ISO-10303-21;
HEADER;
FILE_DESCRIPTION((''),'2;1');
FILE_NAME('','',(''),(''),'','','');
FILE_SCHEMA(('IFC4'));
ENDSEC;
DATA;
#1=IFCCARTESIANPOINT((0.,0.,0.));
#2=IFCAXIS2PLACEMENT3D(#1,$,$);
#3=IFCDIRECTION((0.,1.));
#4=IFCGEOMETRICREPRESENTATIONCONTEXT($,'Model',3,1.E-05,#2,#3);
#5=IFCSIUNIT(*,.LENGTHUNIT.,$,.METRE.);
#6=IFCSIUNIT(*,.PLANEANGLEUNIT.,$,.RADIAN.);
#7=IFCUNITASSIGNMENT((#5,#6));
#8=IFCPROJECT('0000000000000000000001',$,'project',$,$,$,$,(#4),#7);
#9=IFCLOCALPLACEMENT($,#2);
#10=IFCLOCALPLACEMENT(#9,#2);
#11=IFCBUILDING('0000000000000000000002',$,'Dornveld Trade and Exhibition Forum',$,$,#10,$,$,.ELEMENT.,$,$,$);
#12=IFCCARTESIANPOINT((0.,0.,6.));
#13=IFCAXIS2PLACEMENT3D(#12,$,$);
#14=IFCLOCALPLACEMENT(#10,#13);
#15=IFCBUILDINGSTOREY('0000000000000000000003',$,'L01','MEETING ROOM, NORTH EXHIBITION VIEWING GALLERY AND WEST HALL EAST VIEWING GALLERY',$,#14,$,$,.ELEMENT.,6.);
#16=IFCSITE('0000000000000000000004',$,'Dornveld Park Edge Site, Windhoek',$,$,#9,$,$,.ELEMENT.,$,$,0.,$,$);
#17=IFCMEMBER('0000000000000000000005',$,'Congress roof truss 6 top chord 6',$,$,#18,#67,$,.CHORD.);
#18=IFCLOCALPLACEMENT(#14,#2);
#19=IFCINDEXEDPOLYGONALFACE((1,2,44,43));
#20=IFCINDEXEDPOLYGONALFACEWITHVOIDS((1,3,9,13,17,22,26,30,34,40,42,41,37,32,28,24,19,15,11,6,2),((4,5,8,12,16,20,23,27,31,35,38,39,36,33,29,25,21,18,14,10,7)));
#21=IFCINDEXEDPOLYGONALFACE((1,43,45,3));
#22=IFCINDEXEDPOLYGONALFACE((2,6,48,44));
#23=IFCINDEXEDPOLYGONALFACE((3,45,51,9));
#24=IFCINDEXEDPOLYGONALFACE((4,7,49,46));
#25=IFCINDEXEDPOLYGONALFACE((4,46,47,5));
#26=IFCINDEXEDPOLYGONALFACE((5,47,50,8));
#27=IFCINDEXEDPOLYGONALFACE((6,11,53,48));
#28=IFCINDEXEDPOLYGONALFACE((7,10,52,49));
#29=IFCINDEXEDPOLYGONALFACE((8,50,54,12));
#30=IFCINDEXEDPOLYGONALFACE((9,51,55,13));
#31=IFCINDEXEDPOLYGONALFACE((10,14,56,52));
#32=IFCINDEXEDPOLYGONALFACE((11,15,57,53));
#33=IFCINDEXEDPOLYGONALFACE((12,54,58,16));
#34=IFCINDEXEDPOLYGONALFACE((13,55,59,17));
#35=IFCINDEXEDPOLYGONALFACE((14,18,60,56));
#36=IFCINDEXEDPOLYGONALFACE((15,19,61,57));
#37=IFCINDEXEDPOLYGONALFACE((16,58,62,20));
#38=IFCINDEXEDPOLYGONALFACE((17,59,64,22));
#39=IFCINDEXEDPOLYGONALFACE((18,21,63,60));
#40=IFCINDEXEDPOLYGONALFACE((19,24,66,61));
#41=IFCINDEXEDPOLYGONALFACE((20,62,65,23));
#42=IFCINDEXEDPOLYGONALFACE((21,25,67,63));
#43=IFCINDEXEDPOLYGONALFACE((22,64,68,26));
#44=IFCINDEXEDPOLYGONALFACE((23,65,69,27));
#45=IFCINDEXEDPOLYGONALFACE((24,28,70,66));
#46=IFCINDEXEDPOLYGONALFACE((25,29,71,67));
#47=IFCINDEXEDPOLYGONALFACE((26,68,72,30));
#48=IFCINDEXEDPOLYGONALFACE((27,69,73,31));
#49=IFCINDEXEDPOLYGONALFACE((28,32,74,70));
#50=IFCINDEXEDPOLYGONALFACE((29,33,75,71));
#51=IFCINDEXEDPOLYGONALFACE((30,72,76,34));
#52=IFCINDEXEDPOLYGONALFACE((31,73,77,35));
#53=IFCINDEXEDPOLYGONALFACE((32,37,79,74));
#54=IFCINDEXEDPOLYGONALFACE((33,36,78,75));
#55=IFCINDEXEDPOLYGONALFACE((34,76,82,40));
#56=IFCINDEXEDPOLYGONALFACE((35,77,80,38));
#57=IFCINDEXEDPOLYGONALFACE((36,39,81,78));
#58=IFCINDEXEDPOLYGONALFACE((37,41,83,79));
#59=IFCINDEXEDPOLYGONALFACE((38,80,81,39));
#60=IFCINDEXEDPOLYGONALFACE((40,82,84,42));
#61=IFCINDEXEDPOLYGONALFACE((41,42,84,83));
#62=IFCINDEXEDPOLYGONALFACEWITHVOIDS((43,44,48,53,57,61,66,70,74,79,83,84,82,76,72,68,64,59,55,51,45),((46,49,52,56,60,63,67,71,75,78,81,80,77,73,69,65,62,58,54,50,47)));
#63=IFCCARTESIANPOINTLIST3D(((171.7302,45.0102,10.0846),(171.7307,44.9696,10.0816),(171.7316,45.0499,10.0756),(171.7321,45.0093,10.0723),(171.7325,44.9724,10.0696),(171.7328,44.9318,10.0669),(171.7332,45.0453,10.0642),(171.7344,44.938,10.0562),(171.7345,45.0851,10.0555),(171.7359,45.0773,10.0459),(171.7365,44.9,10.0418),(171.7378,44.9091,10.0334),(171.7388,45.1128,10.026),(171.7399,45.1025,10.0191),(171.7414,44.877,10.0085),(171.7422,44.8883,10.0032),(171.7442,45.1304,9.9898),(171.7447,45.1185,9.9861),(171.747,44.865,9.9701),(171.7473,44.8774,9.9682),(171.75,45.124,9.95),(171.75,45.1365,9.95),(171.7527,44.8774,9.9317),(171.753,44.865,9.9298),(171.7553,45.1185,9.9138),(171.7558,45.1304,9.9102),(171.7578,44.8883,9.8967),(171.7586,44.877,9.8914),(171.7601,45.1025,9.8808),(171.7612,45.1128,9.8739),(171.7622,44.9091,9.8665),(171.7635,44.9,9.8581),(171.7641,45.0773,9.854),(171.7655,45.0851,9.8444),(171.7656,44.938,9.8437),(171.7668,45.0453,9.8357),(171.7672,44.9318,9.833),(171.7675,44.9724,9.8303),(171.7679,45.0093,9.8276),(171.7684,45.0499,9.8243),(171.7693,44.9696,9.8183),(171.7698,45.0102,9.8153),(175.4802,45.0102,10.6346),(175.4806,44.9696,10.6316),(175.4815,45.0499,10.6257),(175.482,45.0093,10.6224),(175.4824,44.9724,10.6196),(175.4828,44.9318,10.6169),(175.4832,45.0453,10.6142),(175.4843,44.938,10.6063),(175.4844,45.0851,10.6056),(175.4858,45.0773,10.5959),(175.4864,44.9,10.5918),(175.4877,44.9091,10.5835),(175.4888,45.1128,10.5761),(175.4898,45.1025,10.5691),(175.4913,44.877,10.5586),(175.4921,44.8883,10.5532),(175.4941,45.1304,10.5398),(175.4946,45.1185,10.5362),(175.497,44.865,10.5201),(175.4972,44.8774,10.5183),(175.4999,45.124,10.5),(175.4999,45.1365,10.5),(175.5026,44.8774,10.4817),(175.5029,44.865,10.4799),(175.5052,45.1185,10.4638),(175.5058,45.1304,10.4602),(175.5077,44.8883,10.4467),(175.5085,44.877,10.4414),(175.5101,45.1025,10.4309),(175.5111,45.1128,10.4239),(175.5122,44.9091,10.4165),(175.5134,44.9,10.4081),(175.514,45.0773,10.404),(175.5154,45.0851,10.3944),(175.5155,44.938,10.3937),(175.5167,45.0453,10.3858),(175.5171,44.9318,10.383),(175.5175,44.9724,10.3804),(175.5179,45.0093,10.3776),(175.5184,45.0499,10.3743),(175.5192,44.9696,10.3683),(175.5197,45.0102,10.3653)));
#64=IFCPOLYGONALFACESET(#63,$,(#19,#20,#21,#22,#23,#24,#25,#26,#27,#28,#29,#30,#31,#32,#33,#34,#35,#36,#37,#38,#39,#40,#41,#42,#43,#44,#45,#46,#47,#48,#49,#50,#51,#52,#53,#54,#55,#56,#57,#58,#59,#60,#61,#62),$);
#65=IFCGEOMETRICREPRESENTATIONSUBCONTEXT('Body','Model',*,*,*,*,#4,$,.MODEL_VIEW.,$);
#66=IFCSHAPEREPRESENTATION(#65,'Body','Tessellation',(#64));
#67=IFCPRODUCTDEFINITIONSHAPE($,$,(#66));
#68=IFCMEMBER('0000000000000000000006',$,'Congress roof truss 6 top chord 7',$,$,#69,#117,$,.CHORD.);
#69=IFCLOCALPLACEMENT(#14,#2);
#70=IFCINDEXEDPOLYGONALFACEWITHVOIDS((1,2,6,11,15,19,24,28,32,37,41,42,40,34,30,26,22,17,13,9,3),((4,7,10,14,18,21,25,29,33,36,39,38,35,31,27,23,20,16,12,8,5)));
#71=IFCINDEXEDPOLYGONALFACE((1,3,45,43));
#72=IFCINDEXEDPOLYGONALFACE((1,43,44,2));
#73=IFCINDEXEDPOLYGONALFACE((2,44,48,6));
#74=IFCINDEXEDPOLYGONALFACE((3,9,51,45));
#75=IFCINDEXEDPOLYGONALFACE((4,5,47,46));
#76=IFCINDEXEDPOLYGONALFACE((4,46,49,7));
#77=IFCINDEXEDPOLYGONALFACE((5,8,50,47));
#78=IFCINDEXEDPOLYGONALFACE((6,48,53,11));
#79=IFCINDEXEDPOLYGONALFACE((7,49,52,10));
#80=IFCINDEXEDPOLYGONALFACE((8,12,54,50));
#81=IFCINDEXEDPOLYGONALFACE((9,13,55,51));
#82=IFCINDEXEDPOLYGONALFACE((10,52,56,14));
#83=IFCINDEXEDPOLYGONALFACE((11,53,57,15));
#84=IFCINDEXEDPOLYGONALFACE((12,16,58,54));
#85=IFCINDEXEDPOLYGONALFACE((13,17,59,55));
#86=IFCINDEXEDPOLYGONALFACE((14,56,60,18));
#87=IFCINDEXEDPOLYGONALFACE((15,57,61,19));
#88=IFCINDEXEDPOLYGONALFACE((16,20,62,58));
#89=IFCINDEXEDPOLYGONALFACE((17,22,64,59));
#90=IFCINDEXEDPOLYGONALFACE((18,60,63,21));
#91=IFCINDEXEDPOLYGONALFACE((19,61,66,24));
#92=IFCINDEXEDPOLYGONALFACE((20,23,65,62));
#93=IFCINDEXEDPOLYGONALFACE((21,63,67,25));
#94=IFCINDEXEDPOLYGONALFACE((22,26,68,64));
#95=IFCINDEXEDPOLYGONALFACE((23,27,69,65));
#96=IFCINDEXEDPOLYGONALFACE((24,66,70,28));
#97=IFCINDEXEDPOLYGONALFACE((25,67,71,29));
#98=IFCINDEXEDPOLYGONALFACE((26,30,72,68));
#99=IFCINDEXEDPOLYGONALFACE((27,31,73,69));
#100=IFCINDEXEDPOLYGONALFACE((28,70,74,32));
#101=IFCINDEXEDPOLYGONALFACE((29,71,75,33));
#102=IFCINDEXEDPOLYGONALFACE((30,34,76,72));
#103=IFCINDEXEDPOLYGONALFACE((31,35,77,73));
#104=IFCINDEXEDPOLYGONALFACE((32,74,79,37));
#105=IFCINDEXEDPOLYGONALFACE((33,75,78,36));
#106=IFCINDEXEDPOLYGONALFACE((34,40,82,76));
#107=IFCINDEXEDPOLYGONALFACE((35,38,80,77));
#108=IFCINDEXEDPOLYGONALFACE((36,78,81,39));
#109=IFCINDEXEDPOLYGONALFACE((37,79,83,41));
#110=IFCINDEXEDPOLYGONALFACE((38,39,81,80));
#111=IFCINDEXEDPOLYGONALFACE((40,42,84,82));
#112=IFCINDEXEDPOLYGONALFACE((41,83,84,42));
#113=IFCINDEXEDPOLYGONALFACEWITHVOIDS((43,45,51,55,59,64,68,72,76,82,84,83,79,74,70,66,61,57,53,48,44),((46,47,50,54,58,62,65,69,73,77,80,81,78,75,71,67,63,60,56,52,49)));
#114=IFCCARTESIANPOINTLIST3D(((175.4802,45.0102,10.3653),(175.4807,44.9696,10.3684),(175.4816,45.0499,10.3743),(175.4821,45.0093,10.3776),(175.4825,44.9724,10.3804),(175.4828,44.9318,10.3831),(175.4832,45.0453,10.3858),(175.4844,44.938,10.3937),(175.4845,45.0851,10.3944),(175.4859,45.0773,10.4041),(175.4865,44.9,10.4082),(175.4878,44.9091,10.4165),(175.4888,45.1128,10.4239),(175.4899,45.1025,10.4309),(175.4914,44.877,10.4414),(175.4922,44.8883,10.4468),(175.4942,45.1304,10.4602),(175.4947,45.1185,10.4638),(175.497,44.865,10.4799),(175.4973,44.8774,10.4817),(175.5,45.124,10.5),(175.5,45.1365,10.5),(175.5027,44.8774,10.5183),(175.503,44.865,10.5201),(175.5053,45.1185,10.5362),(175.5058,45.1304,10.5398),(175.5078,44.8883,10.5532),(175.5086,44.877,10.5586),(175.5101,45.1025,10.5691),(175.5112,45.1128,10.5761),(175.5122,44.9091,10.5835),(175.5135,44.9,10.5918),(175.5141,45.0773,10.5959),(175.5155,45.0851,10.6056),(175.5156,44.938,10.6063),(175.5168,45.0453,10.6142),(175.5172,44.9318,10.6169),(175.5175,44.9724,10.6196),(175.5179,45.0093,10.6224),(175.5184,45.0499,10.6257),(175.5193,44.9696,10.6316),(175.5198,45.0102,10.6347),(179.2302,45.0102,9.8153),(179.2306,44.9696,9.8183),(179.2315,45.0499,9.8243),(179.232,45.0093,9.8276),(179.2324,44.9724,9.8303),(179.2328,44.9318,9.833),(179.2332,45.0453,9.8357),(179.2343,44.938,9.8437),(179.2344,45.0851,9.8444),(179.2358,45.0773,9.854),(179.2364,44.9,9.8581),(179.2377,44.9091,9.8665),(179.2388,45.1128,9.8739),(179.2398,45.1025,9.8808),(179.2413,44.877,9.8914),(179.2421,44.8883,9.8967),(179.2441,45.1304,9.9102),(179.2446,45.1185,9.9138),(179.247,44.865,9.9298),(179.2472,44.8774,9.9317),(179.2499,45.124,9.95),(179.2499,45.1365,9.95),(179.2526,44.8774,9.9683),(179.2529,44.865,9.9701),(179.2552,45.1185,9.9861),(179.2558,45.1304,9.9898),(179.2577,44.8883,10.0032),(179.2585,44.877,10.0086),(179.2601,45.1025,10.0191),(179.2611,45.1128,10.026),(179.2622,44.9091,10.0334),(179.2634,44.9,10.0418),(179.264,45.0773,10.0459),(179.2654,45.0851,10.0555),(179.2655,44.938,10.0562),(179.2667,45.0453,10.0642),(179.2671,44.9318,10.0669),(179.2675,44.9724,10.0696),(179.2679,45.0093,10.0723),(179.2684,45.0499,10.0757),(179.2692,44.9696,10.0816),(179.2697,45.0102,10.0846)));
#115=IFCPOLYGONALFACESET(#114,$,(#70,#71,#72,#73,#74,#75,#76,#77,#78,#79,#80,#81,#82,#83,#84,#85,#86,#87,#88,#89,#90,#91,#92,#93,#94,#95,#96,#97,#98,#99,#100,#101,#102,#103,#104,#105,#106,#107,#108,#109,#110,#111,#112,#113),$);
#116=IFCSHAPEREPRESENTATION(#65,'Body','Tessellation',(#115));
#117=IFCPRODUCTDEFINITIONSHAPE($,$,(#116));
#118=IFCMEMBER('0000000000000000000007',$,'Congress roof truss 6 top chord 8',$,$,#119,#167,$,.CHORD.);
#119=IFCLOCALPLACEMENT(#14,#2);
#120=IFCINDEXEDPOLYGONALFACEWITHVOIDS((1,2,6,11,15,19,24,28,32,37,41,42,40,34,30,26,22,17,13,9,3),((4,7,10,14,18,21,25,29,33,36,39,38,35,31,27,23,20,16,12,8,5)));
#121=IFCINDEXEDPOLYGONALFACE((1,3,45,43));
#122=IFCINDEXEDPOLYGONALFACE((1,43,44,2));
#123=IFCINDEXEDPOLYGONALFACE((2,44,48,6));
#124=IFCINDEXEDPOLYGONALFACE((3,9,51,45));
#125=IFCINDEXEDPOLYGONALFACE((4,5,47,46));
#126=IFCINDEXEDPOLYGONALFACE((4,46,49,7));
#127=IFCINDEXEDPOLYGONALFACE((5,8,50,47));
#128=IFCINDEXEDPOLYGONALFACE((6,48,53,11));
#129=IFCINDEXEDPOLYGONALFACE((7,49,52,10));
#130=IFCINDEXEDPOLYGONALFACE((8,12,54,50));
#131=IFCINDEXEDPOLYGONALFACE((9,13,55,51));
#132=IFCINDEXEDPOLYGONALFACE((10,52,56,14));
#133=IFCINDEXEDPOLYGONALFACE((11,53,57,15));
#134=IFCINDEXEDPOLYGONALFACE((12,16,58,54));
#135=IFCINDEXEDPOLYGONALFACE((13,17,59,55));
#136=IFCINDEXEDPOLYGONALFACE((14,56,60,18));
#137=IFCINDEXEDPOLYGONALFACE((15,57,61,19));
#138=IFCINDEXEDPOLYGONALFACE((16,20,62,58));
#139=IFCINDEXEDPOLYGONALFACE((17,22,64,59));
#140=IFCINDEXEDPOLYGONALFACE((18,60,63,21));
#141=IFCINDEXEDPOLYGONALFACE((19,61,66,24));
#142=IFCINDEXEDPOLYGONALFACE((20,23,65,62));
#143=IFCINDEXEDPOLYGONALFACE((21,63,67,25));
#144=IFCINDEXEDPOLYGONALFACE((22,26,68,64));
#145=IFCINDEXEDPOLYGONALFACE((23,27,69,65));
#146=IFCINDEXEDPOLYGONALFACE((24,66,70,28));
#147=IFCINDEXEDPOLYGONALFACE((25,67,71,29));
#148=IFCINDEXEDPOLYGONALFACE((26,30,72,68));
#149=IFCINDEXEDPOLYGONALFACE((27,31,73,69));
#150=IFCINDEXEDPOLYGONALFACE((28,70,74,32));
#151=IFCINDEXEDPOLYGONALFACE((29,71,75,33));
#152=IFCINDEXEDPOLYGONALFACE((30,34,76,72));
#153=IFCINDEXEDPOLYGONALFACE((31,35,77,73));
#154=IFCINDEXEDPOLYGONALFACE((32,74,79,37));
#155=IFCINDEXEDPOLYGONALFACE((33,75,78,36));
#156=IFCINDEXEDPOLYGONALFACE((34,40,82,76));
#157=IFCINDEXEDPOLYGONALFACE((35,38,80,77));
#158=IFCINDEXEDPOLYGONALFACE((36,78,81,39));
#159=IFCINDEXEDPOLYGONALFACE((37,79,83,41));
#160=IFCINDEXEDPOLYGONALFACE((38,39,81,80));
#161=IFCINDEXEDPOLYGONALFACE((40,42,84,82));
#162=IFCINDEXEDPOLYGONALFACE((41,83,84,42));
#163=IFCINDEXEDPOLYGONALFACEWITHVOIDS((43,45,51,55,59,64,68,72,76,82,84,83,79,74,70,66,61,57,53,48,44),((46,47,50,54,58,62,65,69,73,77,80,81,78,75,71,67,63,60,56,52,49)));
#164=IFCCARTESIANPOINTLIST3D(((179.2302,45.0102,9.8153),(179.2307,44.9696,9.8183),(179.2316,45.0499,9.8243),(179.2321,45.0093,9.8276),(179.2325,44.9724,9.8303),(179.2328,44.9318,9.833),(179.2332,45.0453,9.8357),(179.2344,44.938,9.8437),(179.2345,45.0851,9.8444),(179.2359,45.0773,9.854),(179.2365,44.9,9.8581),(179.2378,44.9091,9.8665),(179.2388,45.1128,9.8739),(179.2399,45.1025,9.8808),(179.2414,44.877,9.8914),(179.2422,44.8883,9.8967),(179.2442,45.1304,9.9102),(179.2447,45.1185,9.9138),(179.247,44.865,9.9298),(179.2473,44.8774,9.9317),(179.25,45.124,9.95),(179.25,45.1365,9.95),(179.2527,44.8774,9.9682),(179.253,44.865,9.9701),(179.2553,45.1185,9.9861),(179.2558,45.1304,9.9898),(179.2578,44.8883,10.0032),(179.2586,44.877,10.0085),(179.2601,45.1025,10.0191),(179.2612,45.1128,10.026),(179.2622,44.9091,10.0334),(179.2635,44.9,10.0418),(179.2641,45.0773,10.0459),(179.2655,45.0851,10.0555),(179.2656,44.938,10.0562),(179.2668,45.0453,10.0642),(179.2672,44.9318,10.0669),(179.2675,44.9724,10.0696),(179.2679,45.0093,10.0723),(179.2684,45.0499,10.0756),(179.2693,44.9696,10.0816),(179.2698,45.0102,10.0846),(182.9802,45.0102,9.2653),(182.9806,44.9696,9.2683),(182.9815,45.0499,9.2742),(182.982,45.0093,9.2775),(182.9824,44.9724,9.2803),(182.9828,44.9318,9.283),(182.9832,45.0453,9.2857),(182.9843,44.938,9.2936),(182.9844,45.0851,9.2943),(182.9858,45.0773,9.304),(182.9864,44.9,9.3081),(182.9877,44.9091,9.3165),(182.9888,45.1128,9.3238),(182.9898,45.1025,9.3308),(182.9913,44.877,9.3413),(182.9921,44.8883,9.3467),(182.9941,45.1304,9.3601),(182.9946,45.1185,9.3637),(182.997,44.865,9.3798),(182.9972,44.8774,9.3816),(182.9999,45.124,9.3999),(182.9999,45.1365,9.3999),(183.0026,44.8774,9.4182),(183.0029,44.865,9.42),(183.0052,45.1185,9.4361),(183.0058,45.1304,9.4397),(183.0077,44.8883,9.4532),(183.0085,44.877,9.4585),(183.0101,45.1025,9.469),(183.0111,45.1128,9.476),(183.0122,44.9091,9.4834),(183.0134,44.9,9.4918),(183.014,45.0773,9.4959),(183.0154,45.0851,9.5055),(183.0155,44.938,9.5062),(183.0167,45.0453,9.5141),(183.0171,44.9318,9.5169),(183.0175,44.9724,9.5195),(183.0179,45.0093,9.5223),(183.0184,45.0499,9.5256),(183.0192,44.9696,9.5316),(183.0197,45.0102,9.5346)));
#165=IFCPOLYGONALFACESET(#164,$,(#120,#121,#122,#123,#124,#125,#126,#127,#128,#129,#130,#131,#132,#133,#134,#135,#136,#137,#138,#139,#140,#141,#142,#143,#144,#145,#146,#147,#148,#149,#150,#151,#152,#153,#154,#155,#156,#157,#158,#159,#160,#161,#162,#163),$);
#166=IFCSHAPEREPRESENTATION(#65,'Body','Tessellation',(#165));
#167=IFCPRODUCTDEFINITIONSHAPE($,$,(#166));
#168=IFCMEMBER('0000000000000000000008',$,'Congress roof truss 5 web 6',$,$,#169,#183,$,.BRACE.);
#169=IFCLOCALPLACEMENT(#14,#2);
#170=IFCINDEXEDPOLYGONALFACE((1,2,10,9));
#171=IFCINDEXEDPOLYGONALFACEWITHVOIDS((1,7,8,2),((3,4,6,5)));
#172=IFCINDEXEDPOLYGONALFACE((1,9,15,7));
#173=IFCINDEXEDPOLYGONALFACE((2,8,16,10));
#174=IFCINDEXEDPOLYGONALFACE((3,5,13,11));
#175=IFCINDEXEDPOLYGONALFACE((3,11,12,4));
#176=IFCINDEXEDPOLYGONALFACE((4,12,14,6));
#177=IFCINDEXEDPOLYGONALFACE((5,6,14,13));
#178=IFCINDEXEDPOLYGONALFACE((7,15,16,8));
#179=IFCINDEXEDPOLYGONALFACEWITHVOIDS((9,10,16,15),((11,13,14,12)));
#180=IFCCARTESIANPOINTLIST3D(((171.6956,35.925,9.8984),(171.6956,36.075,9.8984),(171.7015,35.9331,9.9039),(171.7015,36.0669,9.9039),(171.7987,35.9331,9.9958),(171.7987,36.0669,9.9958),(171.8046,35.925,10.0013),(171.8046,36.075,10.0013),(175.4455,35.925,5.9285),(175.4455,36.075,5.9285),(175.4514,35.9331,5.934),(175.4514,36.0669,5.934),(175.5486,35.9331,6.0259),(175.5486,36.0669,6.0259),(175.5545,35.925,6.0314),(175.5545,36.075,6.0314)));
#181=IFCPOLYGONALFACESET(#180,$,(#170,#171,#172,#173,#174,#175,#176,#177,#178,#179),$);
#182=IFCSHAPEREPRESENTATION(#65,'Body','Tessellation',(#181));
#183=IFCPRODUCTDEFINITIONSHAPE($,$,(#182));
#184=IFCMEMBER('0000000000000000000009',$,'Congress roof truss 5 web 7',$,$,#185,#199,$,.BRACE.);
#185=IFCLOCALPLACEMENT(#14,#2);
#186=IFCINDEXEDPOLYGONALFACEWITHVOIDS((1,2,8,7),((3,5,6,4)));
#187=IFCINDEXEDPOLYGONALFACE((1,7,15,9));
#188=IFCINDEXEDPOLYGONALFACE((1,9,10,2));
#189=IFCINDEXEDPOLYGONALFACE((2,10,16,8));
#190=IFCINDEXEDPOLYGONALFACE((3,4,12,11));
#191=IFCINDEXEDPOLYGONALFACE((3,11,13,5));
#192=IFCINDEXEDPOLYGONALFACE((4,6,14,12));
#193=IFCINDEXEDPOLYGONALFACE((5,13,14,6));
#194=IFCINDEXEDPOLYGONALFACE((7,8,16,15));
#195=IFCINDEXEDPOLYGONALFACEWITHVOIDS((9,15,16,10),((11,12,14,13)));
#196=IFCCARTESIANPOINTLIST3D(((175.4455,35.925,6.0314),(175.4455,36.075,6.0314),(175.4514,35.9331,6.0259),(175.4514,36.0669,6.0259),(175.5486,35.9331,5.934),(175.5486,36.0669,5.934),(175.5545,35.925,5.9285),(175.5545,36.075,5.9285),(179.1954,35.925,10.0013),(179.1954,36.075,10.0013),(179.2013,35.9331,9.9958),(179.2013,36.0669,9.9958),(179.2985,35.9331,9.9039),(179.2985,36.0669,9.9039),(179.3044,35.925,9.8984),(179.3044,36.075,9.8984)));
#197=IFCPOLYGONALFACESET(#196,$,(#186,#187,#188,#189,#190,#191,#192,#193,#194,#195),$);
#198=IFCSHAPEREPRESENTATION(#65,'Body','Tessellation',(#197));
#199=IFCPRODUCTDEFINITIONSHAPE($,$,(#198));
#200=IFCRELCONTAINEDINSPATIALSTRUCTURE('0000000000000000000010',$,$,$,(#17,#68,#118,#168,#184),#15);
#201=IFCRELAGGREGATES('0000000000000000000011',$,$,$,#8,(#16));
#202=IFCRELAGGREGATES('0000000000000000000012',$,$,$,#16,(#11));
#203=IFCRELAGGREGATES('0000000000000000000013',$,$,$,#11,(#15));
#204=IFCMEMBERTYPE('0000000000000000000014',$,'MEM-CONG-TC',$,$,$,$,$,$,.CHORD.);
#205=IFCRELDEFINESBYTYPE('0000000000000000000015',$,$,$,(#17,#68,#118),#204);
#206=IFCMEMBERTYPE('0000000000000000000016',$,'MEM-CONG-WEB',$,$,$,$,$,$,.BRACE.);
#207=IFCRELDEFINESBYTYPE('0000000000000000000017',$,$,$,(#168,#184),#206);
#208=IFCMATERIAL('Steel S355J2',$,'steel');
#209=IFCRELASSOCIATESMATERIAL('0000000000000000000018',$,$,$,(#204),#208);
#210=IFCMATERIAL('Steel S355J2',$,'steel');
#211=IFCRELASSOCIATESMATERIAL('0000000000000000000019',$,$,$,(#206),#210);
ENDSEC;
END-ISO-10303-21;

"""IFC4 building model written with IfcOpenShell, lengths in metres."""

from ifc_helpers import new_model, si_unit, direction, frame, origin, origin_2d, place, context, subcontext, project, spatial, hollow_rectangle, hollow_circle, extrude, material, material_profile, profile_set, type_object, element, save


model = new_model("IFC4")

# Units and contexts
model_context = context("Model", 3, precision=1e-05, world=origin(), true_north=direction((0.0, 1.0)))
body_context = subcontext(model_context, "Body", "Model", "MODEL_VIEW")
ifc_project = project(units=[si_unit("LENGTHUNIT", "METRE"), si_unit("PLANEANGLEUNIT", "RADIAN")], contexts=[model_context])

# Site, building, storey
site_placement = place(None, origin())
site = spatial("IfcSite", under=ifc_project, at=site_placement, Name="Dornveld Park Edge Site, Windhoek", CompositionType="ELEMENT", RefElevation=0.0)
building_placement = place(site_placement, origin())
building = spatial("IfcBuilding", under=site, at=building_placement, Name="Dornveld Trade and Exhibition Forum", CompositionType="ELEMENT")
storey_placement = place(building_placement, frame((0.0, 0.0, 6.0)))
storey = spatial("IfcBuildingStorey", under=building, at=storey_placement, Name="L01", Description="MEETING ROOM, NORTH EXHIBITION VIEWING GALLERY AND WEST HALL EAST VIEWING GALLERY", CompositionType="ELEMENT", Elevation=6.0)

# Members
ifc_material_1 = material(Name="Steel S355J2", Category="steel")
ifc_material_profile_1 = material_profile(ifc_material_1, hollow_circle(Radius=0.1365, WallThickness=0.0125, at=origin_2d()), Name="CHS 273x12.5")
ifc_profile_set_1 = profile_set([ifc_material_profile_1], Name="Steel S355J2")
member_type_1 = type_object("IfcMemberType", Name="MEM-CONG-TC", PredefinedType="CHORD", material=ifc_profile_set_1)
for number, where, z_axis, x_axis, name in (
    (1, (171.75, 45.0, 9.95), (0.989413, 0.0, 0.145127), (0.0, 1.0, 0.0), "Congress roof truss 6 top chord 6"),
    (2, (175.5, 45.0, 10.5), (0.989413, 0.0, -0.145127), (0.0, 1.0, 0.0), "Congress roof truss 6 top chord 7"),
    (3, (179.25, 45.0, 9.95), (0.989413, 0.0, -0.145127), (0.0, 1.0, 0.0), "Congress roof truss 6 top chord 8"),
):
    element("IfcMember", number, at=place(storey_placement, frame(where, z_axis=z_axis, x_axis=x_axis)), inside=storey, type_object=member_type_1, Name=name, PredefinedType="CHORD", context=body_context, shape_type="SweptSolid", body=[
        extrude(hollow_circle(Radius=0.1365, WallThickness=0.0125, at=origin_2d()), origin(), (0.0, 0.0, 1.0), 3.79),
    ])
ifc_material_2 = material(Name="Steel S355J2", Category="steel")
ifc_material_profile_2 = material_profile(ifc_material_2, hollow_rectangle(XDim=0.1499, YDim=0.1499, WallThickness=0.0081, at=origin_2d()), Name="SHS 150x150x8")
ifc_profile_set_2 = profile_set([ifc_material_profile_2], Name="Steel S355J2")
member_type_2 = type_object("IfcMemberType", Name="MEM-CONG-WEB", PredefinedType="BRACE", material=ifc_profile_set_2)
for number, where, z_axis, x_axis, name in (
    (4, (175.5, 36.0, 5.98), (-0.68668, 0.0, 0.72696), (0.0, -1.0, 0.0), "Congress roof truss 5 web 6"),
    (5, (175.5, 36.0, 5.98), (0.68668, 0.0, 0.72696), (0.0, 1.0, 0.0), "Congress roof truss 5 web 7"),
):
    element("IfcMember", number, at=place(storey_placement, frame(where, z_axis=z_axis, x_axis=x_axis)), inside=storey, type_object=member_type_2, Name=name, PredefinedType="BRACE", context=body_context, shape_type="SweptSolid", body=[
        extrude(hollow_rectangle(XDim=0.1499, YDim=0.1499, WallThickness=0.0081, at=origin_2d()), origin(), (0.0, 0.0, 1.0), 5.4609),
    ])

save(model, "model.ifc")
